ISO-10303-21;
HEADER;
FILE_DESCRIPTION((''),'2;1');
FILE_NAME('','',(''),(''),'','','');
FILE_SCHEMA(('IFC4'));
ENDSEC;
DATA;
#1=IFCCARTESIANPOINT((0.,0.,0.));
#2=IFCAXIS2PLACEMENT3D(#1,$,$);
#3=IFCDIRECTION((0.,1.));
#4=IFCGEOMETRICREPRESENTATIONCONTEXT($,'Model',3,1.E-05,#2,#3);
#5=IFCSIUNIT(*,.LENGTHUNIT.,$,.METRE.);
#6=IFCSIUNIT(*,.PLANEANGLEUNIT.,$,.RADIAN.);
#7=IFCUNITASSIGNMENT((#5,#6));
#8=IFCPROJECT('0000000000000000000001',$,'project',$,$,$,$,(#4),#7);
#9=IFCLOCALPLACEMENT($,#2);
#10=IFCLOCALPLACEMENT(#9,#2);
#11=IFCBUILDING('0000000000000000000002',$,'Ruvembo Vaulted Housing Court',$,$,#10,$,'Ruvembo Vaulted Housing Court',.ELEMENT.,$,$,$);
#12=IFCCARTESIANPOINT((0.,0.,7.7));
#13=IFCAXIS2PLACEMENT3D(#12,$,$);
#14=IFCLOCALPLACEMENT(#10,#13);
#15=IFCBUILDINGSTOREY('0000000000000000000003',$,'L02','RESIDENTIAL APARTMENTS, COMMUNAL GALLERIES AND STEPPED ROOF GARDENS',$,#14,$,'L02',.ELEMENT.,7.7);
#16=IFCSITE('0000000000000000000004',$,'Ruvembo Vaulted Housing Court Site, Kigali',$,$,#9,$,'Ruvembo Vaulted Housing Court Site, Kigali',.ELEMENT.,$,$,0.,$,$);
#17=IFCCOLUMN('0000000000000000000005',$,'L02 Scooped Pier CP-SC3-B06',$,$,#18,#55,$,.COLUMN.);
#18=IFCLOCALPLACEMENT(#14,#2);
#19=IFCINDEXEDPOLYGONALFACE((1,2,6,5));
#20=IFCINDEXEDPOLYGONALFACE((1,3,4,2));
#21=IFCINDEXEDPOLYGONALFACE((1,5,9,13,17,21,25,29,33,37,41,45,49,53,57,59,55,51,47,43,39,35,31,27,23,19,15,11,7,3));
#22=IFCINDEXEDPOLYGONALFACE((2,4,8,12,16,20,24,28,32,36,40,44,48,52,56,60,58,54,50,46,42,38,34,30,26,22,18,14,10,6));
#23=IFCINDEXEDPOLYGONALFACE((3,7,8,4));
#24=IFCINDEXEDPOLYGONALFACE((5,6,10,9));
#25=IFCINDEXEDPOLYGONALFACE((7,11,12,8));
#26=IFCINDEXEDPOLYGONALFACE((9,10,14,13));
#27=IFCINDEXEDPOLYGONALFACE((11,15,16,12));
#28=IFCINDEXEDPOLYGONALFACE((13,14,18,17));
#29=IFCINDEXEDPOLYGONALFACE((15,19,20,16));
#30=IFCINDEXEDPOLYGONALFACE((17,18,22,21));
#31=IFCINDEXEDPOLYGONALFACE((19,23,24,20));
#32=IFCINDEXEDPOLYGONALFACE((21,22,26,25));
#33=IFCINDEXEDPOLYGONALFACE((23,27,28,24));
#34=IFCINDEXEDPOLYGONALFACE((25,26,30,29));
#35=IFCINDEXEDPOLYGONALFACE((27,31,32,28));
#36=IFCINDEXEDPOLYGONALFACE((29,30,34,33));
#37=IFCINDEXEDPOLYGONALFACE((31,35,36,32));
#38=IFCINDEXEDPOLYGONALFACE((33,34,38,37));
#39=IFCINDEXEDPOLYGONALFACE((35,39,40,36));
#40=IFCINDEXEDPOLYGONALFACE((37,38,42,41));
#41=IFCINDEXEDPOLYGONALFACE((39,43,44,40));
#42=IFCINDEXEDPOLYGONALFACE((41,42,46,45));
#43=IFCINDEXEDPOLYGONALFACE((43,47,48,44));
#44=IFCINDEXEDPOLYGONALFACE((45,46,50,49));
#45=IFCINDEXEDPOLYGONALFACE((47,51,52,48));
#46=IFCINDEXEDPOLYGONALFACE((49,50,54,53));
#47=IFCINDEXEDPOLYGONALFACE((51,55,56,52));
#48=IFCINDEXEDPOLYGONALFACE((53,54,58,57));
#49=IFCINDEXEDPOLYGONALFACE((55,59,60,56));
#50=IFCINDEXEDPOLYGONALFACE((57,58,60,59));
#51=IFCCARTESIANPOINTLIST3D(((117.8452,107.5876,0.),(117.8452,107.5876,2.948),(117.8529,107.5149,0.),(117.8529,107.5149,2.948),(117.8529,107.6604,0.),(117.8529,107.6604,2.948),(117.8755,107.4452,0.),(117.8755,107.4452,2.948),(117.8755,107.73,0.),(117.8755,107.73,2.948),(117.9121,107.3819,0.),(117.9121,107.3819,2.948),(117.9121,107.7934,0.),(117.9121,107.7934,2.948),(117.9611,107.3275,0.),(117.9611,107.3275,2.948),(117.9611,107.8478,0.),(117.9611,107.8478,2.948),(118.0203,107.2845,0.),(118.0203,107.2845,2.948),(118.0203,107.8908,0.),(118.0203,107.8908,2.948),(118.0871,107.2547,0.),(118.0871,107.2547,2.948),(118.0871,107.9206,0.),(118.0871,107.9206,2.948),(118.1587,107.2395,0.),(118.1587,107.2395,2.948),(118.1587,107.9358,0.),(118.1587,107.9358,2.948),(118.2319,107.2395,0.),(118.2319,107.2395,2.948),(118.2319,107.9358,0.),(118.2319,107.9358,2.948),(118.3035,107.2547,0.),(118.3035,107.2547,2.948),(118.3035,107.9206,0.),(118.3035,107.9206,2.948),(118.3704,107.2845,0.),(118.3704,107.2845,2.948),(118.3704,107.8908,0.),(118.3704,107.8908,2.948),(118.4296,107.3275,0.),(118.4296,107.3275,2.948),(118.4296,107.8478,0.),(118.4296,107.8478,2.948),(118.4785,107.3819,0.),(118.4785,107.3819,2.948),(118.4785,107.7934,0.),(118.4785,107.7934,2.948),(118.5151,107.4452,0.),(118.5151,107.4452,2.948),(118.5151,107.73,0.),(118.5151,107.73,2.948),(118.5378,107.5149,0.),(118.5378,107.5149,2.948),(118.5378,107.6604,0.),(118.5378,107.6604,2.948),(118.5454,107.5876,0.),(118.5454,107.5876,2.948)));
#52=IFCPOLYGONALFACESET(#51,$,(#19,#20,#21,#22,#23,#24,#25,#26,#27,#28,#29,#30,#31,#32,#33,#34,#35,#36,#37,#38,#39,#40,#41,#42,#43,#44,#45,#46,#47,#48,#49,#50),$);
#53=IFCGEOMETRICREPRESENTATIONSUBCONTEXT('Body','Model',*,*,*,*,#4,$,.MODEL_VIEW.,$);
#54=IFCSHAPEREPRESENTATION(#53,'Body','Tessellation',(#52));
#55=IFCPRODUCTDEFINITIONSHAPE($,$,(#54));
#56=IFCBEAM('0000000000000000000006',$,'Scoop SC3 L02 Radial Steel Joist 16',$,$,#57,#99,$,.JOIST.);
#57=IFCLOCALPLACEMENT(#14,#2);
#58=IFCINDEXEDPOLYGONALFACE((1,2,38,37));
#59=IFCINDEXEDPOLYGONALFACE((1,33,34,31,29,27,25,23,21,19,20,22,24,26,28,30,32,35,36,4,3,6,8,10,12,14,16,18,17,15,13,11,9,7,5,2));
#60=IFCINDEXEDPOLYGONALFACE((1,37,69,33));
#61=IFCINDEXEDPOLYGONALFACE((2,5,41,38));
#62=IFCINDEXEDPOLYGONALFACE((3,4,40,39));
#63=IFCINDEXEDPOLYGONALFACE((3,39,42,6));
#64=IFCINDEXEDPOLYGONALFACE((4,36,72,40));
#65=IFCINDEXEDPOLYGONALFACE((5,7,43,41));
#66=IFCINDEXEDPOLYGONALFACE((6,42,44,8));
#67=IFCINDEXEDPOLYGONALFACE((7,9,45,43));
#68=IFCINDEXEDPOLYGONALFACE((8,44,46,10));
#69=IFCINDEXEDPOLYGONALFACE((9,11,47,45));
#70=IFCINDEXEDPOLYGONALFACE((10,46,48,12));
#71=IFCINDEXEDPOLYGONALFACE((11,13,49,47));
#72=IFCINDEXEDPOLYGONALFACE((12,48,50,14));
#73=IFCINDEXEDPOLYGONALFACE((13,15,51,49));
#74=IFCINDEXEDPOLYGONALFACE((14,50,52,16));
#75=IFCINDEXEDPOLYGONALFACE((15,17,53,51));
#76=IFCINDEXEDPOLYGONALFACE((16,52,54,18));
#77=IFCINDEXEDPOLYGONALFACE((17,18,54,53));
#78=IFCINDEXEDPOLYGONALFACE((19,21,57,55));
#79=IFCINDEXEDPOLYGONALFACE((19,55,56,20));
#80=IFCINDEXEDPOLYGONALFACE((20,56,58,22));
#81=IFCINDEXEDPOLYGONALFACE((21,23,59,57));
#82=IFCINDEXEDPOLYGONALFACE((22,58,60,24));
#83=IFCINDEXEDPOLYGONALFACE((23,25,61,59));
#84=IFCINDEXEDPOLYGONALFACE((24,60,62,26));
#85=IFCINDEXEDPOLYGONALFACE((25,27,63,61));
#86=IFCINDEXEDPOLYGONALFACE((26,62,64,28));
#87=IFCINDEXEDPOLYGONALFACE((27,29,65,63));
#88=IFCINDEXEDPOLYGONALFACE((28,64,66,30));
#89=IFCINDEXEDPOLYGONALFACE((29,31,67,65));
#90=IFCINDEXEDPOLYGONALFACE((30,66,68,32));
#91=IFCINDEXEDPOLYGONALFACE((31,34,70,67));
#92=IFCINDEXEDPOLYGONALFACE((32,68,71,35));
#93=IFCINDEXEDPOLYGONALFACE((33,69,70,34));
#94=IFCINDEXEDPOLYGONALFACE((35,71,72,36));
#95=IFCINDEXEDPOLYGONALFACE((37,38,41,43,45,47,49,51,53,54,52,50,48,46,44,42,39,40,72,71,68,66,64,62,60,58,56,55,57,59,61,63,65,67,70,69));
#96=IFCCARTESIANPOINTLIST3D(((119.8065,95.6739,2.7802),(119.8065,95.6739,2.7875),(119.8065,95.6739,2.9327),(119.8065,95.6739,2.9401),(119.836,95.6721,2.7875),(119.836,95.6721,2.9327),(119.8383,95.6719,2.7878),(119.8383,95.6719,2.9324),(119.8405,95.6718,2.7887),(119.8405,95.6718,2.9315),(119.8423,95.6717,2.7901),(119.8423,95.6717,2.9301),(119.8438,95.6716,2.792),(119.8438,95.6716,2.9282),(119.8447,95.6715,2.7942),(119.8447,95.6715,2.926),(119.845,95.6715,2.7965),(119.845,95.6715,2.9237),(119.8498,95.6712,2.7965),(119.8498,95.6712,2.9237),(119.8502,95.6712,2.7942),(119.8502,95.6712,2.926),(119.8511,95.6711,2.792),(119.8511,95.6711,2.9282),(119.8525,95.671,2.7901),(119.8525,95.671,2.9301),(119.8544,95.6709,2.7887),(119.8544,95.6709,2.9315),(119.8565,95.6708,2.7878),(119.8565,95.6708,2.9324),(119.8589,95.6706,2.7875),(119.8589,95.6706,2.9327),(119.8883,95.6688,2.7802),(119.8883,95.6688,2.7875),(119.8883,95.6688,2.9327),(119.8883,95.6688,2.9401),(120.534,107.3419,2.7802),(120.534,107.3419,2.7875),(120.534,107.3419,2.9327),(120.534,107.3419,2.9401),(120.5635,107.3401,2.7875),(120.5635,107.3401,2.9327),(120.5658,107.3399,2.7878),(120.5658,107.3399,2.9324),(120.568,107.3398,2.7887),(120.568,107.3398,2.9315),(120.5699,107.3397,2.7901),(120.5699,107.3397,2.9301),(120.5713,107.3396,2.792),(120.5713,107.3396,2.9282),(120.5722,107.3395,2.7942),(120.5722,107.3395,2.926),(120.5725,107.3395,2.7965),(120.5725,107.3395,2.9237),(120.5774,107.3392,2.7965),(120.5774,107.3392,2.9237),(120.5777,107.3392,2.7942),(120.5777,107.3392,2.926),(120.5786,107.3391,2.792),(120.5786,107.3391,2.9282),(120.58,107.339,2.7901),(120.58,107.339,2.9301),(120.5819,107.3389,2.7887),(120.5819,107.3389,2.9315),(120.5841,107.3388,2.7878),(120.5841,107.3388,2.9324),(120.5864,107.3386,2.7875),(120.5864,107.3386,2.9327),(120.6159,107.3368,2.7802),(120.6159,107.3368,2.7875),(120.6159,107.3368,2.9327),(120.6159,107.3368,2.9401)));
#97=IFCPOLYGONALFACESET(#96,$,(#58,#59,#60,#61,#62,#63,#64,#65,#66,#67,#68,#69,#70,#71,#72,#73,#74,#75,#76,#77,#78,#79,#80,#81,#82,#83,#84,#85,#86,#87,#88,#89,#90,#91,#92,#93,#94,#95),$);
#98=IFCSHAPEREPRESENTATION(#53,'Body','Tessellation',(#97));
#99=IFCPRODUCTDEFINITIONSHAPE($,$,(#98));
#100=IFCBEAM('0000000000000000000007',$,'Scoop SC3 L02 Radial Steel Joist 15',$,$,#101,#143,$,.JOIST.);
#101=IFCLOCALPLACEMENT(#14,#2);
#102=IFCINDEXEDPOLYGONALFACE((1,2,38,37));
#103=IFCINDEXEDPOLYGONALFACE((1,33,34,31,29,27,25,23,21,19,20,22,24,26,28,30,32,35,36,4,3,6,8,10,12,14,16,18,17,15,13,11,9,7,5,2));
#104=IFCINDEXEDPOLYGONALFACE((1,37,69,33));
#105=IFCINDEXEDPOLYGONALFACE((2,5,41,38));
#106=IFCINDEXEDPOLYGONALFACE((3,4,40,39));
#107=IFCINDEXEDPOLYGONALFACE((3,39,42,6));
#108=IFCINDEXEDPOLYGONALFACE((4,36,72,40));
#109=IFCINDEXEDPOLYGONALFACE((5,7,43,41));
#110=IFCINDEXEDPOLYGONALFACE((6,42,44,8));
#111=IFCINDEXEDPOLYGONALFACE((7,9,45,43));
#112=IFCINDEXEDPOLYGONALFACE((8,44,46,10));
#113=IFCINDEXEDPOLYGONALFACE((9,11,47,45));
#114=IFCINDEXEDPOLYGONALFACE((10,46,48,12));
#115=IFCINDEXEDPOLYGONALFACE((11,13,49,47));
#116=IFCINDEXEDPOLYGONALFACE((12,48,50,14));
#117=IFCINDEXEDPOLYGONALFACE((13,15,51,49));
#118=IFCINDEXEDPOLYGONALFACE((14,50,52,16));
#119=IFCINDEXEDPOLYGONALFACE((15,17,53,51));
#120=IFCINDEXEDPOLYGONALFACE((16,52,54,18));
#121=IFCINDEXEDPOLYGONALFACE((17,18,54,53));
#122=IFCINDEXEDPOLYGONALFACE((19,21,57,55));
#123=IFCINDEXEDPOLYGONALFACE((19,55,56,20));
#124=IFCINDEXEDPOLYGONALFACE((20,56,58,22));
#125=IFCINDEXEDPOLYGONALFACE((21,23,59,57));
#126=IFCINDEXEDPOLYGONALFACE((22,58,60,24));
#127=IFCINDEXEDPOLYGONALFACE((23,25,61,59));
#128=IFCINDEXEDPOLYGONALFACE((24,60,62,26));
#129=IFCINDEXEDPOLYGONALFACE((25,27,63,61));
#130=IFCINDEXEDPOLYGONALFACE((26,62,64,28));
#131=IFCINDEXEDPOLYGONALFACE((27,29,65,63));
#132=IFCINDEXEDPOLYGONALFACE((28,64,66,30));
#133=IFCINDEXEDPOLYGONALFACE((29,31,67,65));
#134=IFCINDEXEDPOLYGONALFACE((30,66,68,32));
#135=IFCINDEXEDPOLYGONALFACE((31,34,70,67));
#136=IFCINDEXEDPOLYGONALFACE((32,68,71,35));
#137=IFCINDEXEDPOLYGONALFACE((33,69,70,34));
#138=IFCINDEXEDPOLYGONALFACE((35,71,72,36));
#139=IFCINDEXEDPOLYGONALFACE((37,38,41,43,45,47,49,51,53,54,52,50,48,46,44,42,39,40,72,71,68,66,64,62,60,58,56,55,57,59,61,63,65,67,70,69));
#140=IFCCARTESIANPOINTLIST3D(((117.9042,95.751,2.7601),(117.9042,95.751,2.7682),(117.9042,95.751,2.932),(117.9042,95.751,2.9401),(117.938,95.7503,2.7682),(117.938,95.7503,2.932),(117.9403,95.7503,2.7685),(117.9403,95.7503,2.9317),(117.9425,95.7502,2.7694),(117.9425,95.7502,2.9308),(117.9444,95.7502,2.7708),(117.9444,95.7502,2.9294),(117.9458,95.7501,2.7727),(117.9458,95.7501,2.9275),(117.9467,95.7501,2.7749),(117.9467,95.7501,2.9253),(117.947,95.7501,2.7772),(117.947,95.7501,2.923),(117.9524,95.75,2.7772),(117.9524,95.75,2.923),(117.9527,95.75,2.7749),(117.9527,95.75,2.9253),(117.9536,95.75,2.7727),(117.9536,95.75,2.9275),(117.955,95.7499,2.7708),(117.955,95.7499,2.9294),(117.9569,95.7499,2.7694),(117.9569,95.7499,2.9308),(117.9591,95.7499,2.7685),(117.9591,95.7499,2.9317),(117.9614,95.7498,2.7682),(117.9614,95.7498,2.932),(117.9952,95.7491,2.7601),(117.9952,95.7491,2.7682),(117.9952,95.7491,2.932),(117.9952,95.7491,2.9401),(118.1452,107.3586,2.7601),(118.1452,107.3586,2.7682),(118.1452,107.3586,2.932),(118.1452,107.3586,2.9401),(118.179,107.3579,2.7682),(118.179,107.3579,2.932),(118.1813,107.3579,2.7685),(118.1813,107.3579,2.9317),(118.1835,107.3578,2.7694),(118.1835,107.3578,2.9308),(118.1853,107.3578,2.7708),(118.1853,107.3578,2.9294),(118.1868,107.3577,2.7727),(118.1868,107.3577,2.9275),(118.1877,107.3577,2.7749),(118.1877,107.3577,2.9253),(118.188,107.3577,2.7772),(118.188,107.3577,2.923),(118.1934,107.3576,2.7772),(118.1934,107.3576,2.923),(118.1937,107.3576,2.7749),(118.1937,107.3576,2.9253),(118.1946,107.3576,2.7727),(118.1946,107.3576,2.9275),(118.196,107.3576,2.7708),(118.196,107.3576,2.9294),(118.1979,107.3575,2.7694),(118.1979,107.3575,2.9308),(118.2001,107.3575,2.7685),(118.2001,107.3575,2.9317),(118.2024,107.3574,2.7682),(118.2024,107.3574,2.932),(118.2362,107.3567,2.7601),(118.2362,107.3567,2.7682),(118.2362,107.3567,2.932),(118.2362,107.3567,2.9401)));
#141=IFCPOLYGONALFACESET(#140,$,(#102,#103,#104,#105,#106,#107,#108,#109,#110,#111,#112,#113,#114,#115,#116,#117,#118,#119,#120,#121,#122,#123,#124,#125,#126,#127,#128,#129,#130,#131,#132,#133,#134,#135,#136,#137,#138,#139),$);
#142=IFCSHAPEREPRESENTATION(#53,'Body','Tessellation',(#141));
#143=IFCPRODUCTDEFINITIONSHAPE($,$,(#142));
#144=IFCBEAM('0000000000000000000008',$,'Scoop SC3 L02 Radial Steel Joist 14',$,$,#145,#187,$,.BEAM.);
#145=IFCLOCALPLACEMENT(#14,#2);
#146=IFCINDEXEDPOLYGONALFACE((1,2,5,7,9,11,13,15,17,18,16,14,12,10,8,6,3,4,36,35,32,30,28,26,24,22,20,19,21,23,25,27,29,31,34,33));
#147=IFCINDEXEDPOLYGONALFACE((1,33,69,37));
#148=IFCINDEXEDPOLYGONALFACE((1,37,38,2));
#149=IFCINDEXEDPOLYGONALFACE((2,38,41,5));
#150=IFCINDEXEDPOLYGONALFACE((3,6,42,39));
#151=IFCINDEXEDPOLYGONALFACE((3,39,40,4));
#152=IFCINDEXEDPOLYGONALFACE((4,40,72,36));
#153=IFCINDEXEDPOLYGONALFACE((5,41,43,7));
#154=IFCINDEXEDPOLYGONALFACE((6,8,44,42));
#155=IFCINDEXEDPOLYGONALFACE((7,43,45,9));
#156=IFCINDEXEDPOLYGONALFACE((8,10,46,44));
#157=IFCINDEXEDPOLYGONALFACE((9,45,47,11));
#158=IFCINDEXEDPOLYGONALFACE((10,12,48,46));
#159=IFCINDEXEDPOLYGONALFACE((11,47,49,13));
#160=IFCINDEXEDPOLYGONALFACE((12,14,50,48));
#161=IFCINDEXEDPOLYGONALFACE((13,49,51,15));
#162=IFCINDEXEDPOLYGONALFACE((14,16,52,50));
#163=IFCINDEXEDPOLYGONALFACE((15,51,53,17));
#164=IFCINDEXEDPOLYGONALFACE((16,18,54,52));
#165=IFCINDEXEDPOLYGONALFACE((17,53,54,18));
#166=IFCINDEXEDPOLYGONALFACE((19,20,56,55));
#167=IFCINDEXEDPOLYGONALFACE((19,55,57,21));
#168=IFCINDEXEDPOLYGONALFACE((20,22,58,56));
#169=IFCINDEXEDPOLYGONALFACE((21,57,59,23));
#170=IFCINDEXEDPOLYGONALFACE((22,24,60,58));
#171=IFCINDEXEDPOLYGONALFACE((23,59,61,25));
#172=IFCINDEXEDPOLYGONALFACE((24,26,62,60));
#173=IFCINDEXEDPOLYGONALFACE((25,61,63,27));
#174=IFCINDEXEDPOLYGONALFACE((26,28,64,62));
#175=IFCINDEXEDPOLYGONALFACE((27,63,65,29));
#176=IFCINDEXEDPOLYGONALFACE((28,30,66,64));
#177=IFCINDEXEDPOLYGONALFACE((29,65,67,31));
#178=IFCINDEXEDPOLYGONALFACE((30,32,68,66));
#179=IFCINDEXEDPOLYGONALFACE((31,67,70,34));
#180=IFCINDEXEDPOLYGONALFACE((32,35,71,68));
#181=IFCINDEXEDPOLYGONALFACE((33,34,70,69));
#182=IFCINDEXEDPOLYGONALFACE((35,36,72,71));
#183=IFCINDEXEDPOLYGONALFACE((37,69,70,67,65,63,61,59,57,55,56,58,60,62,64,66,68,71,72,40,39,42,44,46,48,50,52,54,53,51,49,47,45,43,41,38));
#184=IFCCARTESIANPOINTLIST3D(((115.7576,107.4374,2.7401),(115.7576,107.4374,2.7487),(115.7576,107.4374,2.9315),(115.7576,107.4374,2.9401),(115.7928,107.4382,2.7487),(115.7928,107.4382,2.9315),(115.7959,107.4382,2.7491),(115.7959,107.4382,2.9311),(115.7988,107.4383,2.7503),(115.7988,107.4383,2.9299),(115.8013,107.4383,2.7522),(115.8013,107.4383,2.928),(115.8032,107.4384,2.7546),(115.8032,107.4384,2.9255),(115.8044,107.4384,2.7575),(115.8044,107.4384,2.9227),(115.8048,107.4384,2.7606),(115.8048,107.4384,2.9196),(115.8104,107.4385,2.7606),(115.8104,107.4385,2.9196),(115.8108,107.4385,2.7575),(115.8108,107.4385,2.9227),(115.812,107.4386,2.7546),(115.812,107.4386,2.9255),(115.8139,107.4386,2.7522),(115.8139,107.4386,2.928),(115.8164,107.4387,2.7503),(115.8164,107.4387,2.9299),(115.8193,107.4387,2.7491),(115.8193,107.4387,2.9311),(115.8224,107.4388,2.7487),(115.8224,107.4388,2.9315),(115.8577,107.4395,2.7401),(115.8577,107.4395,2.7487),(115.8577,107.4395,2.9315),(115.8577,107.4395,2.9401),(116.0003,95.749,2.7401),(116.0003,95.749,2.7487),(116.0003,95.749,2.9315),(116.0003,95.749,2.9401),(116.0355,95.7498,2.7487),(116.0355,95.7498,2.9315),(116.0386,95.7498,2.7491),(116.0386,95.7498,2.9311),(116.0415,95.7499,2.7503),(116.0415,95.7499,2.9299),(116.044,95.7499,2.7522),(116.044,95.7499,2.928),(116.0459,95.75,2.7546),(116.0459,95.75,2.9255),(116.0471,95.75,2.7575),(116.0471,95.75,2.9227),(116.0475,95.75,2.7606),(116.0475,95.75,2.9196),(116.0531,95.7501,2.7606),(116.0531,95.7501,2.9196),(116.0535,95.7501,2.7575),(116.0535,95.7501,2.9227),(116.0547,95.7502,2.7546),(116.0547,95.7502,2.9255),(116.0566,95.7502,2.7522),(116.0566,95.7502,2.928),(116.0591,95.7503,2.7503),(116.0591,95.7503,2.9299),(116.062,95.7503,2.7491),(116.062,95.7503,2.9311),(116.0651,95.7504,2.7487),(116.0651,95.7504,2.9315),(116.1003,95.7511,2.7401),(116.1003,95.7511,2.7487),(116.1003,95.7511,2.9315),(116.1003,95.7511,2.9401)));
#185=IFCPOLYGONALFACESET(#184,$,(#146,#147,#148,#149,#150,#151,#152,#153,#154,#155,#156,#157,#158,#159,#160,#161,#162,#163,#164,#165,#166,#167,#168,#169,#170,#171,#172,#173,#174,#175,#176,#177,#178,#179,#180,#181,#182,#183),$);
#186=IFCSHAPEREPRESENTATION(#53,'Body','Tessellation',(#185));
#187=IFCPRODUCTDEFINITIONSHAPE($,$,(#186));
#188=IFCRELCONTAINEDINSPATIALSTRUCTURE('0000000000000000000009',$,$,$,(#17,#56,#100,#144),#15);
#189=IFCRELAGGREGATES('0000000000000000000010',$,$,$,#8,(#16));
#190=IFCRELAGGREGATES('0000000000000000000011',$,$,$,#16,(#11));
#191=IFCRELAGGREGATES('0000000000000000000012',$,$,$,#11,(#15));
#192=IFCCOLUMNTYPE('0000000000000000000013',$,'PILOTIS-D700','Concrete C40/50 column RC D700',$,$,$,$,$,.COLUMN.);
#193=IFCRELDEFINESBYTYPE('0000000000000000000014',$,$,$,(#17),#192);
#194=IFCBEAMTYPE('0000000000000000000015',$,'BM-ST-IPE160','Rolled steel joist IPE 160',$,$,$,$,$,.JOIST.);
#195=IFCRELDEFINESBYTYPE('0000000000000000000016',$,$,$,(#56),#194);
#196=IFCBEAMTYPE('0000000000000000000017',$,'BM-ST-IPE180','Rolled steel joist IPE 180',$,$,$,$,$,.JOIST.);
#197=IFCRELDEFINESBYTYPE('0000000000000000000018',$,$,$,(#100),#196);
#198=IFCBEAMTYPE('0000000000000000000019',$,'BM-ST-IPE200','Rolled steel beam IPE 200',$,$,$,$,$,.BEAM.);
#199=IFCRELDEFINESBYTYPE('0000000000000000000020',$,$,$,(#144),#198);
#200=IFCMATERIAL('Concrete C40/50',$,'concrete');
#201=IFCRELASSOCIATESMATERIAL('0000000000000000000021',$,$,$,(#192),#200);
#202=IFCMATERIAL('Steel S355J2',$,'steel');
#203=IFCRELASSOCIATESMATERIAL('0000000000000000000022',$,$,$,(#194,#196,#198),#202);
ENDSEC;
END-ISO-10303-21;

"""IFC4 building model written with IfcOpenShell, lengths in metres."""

from ifc_helpers import new_model, si_unit, direction, frame, origin, origin_2d, place, context, subcontext, project, spatial, circle, i_section, extrude, material, material_profile, profile_set, type_object, element, save


model = new_model("IFC4")

# Units and contexts
model_context = context("Model", 3, precision=1e-05, world=origin(), true_north=direction((0.0, 1.0)))
body_context = subcontext(model_context, "Body", "Model", "MODEL_VIEW")
ifc_project = project(units=[si_unit("LENGTHUNIT", "METRE"), si_unit("PLANEANGLEUNIT", "RADIAN")], contexts=[model_context])

# Site, building, storey
site_placement = place(None, origin())
site = spatial("IfcSite", under=ifc_project, at=site_placement, Name="Ruvembo Vaulted Housing Court Site, Kigali", LongName="Ruvembo Vaulted Housing Court Site, Kigali", CompositionType="ELEMENT", RefElevation=0.0)
building_placement = place(site_placement, origin())
building = spatial("IfcBuilding", under=site, at=building_placement, Name="Ruvembo Vaulted Housing Court", LongName="Ruvembo Vaulted Housing Court", CompositionType="ELEMENT")
storey_placement = place(building_placement, frame((0.0, 0.0, 7.7)))
storey = spatial("IfcBuildingStorey", under=building, at=storey_placement, Name="L02", Description="RESIDENTIAL APARTMENTS, COMMUNAL GALLERIES AND STEPPED ROOF GARDENS", LongName="L02", CompositionType="ELEMENT", Elevation=7.7)

# Column
ifc_material_1 = material(Name="Concrete C40/50", Category="concrete")
ifc_material_profile_1 = material_profile(ifc_material_1, circle(Radius=0.3501, at=origin_2d()), Name="RC D700")
ifc_profile_set_1 = profile_set([ifc_material_profile_1], Name="Concrete C40/50")
column_type = type_object("IfcColumnType", Name="PILOTIS-D700", Description="Concrete C40/50 column RC D700", PredefinedType="COLUMN", material=ifc_profile_set_1)
column_placement = place(storey_placement, frame((118.1953, 107.5876, 0.0), z_axis=(0.0, 0.0, 1.0), x_axis=(1.0, 0.0, 0.0)))
element("IfcColumn", 1, at=column_placement, inside=storey, type_object=column_type, Name="L02 Scooped Pier CP-SC3-B06", PredefinedType="COLUMN", context=body_context, shape_type="SweptSolid", body=[
    extrude(circle(Radius=0.3501, at=origin_2d()), origin(), (0.0, 0.0, 1.0), 2.948),
])

# Beams
ifc_material_2 = material(Name="Steel S355J2", Category="steel")
ifc_material_profile_2 = material_profile(ifc_material_2, i_section(OverallWidth=0.082, OverallDepth=0.1599, WebThickness=0.0049, FlangeThickness=0.0073, FilletRadius=0.009, at=origin_2d()), Name="IPE 160")
ifc_profile_set_2 = profile_set([ifc_material_profile_2], Name="Steel S355J2")
beam_type_1 = type_object("IfcBeamType", Name="BM-ST-IPE160", Description="Rolled steel joist IPE 160", PredefinedType="JOIST", material=ifc_profile_set_2)
beam_1_placement = place(storey_placement, frame((120.575, 107.3394, 2.8601), z_axis=(-0.062233, -0.998062, 0.0), x_axis=(0.998062, -0.062233, 0.0)))
element("IfcBeam", 2, at=beam_1_placement, inside=storey, type_object=beam_type_1, Name="Scoop SC3 L02 Radial Steel Joist 16", PredefinedType="JOIST", context=body_context, shape_type="SweptSolid", body=[
    extrude(i_section(OverallWidth=0.082, OverallDepth=0.1599, WebThickness=0.0049, FlangeThickness=0.0073, FilletRadius=0.009, at=origin_2d()), origin(), (0.0, 0.0, 1.0), 11.6907),
])
ifc_material_profile_3 = material_profile(ifc_material_2, i_section(OverallWidth=0.0911, OverallDepth=0.1799, WebThickness=0.0054, FlangeThickness=0.0081, FilletRadius=0.009, at=origin_2d()), Name="IPE 180")
ifc_profile_set_3 = profile_set([ifc_material_profile_3], Name="Steel S355J2")
beam_type_2 = type_object("IfcBeamType", Name="BM-ST-IPE180", Description="Rolled steel joist IPE 180", PredefinedType="JOIST", material=ifc_profile_set_3)
beam_2_placement = place(storey_placement, frame((118.1907, 107.3577, 2.8501), z_axis=(-0.020755, -0.999785, 0.0), x_axis=(0.999785, -0.020755, 0.0)))
element("IfcBeam", 3, at=beam_2_placement, inside=storey, type_object=beam_type_2, Name="Scoop SC3 L02 Radial Steel Joist 15", PredefinedType="JOIST", context=body_context, shape_type="SweptSolid", body=[
    extrude(i_section(OverallWidth=0.0911, OverallDepth=0.1799, WebThickness=0.0054, FlangeThickness=0.0081, FilletRadius=0.009, at=origin_2d()), origin(), (0.0, 0.0, 1.0), 11.6101),
])
ifc_material_profile_4 = material_profile(ifc_material_2, i_section(OverallWidth=0.1001, OverallDepth=0.2, WebThickness=0.0056, FlangeThickness=0.0085, FilletRadius=0.012, at=origin_2d()), Name="IPE 200")
ifc_profile_set_4 = profile_set([ifc_material_profile_4], Name="Steel S355J2")
beam_type_3 = type_object("IfcBeamType", Name="BM-ST-IPE200", Description="Rolled steel beam IPE 200", PredefinedType="BEAM", material=ifc_profile_set_4)
beam_3_placement = place(storey_placement, frame((115.8076, 107.4385, 2.8401), z_axis=(0.020757, -0.999785, 0.0), x_axis=(0.999785, 0.020757, 0.0)))
element("IfcBeam", 4, at=beam_3_placement, inside=storey, type_object=beam_type_3, Name="Scoop SC3 L02 Radial Steel Joist 14", PredefinedType="BEAM", context=body_context, shape_type="SweptSolid", body=[
    extrude(i_section(OverallWidth=0.1001, OverallDepth=0.2, WebThickness=0.0056, FlangeThickness=0.0085, FilletRadius=0.012, at=origin_2d()), origin(), (0.0, 0.0, 1.0), 11.6909),
])

save(model, "model.ifc")
